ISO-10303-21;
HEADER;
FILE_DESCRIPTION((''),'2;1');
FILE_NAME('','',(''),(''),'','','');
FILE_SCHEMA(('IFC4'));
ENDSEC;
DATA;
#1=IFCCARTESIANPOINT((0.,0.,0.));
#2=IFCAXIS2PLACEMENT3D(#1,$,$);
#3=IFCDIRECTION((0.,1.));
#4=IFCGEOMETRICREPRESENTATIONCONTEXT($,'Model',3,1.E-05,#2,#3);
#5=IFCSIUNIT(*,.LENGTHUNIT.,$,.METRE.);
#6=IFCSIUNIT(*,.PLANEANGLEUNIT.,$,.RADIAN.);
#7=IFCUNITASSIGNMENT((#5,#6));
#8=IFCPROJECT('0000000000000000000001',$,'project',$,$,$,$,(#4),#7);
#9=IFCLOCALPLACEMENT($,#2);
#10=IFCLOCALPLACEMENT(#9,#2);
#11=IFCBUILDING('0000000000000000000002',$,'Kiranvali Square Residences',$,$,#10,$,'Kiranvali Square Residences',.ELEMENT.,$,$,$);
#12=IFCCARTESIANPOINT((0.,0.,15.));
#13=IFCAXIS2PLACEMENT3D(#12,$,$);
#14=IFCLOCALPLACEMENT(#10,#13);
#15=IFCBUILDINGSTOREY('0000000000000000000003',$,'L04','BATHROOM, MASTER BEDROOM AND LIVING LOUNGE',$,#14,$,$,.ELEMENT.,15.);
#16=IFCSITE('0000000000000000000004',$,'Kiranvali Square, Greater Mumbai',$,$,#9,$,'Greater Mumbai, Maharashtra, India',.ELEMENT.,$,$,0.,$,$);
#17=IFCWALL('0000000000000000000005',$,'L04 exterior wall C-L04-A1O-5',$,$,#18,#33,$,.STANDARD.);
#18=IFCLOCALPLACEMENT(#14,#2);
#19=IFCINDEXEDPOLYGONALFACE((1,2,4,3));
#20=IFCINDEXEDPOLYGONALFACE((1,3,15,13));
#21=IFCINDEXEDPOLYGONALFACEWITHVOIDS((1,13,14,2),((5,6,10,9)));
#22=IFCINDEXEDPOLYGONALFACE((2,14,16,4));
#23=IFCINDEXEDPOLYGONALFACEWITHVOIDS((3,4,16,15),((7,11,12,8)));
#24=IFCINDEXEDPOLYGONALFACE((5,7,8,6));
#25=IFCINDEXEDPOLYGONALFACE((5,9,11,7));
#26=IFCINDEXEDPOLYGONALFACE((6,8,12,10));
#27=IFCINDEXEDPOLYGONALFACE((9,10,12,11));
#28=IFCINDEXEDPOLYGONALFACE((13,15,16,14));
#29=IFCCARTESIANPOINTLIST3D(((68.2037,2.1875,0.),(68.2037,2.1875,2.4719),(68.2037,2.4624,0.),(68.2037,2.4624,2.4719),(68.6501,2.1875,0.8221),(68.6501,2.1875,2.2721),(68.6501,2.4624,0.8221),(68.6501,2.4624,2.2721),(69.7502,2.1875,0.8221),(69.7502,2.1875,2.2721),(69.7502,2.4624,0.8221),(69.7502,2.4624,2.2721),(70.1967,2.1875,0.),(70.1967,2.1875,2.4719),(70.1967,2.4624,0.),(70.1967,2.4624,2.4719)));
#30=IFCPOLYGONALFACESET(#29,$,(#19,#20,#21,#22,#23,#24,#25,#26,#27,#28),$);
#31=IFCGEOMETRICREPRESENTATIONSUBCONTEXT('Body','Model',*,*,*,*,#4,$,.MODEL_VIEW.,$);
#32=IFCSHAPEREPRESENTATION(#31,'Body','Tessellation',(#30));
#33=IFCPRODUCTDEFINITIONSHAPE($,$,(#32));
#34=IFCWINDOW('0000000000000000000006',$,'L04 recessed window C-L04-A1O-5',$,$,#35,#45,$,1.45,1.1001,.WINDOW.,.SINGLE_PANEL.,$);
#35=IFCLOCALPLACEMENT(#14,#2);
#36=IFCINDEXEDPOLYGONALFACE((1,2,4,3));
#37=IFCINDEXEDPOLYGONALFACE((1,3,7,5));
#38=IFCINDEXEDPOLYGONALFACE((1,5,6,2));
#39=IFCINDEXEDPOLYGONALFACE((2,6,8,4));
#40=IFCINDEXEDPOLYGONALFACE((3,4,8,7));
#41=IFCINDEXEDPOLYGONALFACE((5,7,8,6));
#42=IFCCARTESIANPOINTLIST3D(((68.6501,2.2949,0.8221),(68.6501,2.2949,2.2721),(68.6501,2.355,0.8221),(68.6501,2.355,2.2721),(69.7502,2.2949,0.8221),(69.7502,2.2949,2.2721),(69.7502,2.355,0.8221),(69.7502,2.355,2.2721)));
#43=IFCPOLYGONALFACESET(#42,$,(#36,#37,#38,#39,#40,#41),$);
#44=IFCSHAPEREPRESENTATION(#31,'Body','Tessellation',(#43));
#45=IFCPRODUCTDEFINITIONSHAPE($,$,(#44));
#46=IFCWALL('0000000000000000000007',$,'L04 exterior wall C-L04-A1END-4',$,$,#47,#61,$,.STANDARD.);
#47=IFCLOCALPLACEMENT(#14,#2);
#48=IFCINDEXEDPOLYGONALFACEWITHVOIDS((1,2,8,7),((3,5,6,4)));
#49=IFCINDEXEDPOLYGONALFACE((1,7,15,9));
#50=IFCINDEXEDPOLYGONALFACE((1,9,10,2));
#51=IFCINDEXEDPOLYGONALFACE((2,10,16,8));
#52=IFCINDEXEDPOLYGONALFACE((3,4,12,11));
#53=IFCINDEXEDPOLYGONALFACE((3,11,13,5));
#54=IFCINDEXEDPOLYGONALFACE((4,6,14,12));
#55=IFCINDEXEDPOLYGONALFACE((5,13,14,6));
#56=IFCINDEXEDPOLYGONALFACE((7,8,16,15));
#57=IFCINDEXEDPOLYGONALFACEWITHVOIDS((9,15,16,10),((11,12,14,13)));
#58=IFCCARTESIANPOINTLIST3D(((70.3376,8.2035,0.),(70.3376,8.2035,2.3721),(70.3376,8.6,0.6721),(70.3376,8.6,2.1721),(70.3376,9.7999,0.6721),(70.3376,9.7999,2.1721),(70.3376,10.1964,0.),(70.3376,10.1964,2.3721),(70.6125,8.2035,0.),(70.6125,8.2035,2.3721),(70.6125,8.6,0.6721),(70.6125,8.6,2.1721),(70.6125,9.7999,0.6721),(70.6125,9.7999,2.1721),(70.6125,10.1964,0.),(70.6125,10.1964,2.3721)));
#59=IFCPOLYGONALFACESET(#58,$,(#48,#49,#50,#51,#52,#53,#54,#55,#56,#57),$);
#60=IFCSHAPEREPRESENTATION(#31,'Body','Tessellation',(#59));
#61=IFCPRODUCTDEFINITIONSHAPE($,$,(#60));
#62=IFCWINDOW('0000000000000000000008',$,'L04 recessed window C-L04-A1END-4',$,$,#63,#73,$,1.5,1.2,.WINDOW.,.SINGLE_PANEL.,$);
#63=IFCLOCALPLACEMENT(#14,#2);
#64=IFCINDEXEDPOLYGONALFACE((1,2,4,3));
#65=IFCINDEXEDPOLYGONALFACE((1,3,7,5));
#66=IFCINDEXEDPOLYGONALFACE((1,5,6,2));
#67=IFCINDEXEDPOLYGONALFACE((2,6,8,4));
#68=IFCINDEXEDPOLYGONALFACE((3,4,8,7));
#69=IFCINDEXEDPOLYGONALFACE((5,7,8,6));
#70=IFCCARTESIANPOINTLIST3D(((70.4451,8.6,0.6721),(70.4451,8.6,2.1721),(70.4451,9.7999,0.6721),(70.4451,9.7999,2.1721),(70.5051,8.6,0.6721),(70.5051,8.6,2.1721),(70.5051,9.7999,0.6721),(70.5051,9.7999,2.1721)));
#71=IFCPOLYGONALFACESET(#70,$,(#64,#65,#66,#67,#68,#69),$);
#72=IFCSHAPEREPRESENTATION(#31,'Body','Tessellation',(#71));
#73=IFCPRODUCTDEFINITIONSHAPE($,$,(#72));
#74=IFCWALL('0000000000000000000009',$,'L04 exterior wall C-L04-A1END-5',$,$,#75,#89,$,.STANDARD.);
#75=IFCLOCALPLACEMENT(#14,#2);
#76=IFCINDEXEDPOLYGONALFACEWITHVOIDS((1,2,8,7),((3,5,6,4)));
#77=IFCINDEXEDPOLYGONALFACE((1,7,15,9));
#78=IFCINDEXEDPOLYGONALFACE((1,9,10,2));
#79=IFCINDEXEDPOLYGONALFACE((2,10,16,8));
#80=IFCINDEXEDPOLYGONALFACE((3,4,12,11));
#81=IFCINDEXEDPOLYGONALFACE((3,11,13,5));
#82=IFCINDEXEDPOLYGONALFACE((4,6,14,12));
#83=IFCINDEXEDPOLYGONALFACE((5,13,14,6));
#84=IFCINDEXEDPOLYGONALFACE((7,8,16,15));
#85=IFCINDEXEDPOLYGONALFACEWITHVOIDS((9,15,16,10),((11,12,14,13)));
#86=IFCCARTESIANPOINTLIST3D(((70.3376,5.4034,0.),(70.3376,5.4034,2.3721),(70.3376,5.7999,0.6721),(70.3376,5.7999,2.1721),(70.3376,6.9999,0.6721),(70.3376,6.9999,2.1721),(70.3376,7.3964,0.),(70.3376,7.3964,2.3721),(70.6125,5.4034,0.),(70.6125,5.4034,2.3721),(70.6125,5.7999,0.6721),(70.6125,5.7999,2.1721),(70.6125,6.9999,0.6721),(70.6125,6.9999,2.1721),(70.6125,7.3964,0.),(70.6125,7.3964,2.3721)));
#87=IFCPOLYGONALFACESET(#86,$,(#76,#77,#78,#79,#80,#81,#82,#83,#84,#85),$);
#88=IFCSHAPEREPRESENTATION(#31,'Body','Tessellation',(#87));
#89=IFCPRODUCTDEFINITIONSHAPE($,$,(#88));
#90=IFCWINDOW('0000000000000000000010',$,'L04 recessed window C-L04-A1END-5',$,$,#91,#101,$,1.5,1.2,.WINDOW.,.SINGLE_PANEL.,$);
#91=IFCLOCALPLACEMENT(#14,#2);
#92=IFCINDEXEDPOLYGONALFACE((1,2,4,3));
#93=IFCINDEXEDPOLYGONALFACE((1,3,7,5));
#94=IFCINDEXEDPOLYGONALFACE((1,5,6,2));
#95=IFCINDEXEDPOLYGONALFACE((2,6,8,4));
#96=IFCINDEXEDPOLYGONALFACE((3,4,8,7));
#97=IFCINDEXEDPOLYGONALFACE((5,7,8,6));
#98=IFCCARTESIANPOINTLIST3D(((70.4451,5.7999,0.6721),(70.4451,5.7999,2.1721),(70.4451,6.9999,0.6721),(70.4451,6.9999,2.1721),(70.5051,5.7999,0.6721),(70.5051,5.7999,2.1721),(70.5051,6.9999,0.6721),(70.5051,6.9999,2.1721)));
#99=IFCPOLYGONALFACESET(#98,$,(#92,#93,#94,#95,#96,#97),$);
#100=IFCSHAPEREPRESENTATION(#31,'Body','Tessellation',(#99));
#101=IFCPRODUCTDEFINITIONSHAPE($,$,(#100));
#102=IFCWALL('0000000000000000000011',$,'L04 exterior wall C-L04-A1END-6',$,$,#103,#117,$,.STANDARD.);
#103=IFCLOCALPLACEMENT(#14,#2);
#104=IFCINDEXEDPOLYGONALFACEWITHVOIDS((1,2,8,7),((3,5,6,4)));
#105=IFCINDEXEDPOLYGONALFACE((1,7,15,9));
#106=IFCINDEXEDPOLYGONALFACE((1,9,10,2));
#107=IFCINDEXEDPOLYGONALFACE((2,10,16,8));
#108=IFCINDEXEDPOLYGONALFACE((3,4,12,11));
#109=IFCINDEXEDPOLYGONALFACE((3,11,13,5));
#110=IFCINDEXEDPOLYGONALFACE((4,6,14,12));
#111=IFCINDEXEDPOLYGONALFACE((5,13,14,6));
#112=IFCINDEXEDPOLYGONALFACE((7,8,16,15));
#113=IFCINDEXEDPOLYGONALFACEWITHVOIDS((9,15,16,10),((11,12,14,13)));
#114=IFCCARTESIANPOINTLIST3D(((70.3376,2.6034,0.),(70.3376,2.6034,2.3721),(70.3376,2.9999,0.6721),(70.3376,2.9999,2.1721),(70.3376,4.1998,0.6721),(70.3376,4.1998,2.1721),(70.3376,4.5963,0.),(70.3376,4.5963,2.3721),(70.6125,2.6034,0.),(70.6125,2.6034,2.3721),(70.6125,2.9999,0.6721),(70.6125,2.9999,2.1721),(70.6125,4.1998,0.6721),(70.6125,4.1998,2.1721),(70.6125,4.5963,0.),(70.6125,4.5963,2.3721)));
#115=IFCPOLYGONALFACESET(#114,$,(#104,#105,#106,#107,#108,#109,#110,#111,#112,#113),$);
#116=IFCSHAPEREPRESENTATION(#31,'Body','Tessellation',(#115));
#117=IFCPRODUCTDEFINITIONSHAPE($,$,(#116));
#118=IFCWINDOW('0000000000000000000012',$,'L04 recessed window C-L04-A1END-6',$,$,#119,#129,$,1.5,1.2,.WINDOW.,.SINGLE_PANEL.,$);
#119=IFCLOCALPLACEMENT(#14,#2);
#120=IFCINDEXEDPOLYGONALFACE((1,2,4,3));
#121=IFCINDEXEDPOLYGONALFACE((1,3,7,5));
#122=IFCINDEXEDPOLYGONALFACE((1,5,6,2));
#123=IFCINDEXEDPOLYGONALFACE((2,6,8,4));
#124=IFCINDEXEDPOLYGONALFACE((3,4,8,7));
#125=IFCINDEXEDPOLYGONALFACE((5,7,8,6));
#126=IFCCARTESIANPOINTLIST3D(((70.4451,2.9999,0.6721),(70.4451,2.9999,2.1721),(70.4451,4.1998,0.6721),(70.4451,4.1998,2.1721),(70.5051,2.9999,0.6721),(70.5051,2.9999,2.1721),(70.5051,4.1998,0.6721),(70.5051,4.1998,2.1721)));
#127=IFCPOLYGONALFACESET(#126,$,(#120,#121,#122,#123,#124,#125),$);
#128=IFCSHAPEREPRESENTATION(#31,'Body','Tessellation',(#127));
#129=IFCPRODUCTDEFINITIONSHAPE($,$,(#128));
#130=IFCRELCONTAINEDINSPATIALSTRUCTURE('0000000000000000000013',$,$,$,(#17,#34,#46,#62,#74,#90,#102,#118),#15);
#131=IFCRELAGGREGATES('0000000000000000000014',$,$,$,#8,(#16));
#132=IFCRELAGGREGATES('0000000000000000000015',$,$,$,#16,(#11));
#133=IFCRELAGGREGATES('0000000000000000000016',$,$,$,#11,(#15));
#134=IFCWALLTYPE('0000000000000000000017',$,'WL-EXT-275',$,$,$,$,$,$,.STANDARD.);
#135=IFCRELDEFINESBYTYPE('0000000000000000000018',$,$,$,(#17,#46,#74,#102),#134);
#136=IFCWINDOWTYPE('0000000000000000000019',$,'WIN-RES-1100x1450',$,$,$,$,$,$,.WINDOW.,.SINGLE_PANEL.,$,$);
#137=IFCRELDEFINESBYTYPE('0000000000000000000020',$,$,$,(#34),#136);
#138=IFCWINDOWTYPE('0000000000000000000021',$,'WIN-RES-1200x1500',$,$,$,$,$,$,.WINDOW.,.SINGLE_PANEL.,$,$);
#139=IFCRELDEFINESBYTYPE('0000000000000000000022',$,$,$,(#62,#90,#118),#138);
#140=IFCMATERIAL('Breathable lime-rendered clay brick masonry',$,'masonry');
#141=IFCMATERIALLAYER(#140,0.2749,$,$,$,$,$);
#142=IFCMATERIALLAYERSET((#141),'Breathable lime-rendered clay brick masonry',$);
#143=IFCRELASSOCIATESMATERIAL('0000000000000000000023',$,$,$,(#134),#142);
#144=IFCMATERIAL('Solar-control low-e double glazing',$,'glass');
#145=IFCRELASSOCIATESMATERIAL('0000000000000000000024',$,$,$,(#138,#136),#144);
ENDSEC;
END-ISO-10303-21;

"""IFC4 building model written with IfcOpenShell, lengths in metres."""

from ifc_helpers import new_model, si_unit, direction, frame, frame_2d, origin, place, context, subcontext, project, spatial, rectangle, extrude, material, layer, layer_set, type_object, element, fill, save


model = new_model("IFC4")

# Units and contexts
model_context = context("Model", 3, precision=1e-05, world=origin(), true_north=direction((0.0, 1.0)))
body_context = subcontext(model_context, "Body", "Model", "MODEL_VIEW")
ifc_project = project(units=[si_unit("LENGTHUNIT", "METRE"), si_unit("PLANEANGLEUNIT", "RADIAN")], contexts=[model_context])

# Site, building, storey
site_placement = place(None, origin())
site = spatial("IfcSite", under=ifc_project, at=site_placement, Name="Kiranvali Square, Greater Mumbai", LongName="Greater Mumbai, Maharashtra, India", CompositionType="ELEMENT", RefElevation=0.0)
building_placement = place(site_placement, origin())
building = spatial("IfcBuilding", under=site, at=building_placement, Name="Kiranvali Square Residences", LongName="Kiranvali Square Residences", CompositionType="ELEMENT")
storey_placement = place(building_placement, frame((0.0, 0.0, 15.0)))
storey = spatial("IfcBuildingStorey", under=building, at=storey_placement, Name="L04", Description="BATHROOM, MASTER BEDROOM AND LIVING LOUNGE", CompositionType="ELEMENT", Elevation=15.0)

# Walls, openings, windows
ifc_material_1 = material(Name="Breathable lime-rendered clay brick masonry", Category="masonry")
ifc_layer = layer(ifc_material_1, 0.2749)
ifc_layer_set = layer_set([ifc_layer], Name="Breathable lime-rendered clay brick masonry")
wall_type = type_object("IfcWallType", Name="WL-EXT-275", PredefinedType="STANDARD", material=ifc_layer_set)
ifc_material_2 = material(Name="Solar-control low-e double glazing", Category="glass")
window_type_1 = type_object("IfcWindowType", Name="WIN-RES-1200x1500", PartitioningType="SINGLE_PANEL", PredefinedType="WINDOW", material=ifc_material_2)
wall_1_placement = place(storey_placement, frame((68.2036, 2.325, 0.0), z_axis=(0.0, 0.0, 1.0), x_axis=(1.0, 0.0, 0.0)))
wall_1 = element("IfcWall", 1, at=wall_1_placement, inside=storey, type_object=wall_type, Name="L04 exterior wall C-L04-A1O-5", PredefinedType="STANDARD", context=body_context, shape_type="SweptSolid", body=[
    extrude(rectangle(XDim=1.9929, YDim=0.2749, at=frame_2d((0.9966, 0.0))), origin(), (0.0, 0.0, 1.0), 2.4719),
])
opening_1_placement = place(wall_1_placement, frame((0.4465, 0.0, 0.822)))
opening_1 = element("IfcOpeningElement", 2, at=opening_1_placement, cuts=wall_1, PredefinedType="OPENING", context=body_context, shape_type="SweptSolid", body=[
    extrude(rectangle(XDim=1.1001, YDim=1.45, at=frame_2d((0.55, 0.7251))), frame((0.0, 0.1475, 0.0), z_axis=(0.0, -1.0, 0.0), x_axis=(1.0, 0.0, 0.0)), (0.0, 0.0, 1.0), 0.2949),
])
window_type_2 = type_object("IfcWindowType", Name="WIN-RES-1100x1450", PartitioningType="SINGLE_PANEL", PredefinedType="WINDOW", material=ifc_material_2)
window_1_placement = place(opening_1_placement, origin())
window_1 = element("IfcWindow", 3, at=window_1_placement, inside=storey, type_object=window_type_2, Name="L04 recessed window C-L04-A1O-5", OverallHeight=1.45, OverallWidth=1.1001, PartitioningType="SINGLE_PANEL", PredefinedType="WINDOW", context=body_context, shape_type="SweptSolid", body=[
    extrude(rectangle(XDim=1.1001, YDim=1.45, at=frame_2d((0.55, 0.7251))), frame((0.0, 0.03, 0.0), z_axis=(0.0, -1.0, 0.0), x_axis=(1.0, 0.0, 0.0)), (0.0, 0.0, 1.0), 0.0601),
])
fill(opening_1, window_1)
wall_2_placement = place(storey_placement, frame((70.4751, 10.1965, 0.0), z_axis=(0.0, 0.0, 1.0), x_axis=(0.0, -1.0, 0.0)))
wall_2 = element("IfcWall", 4, at=wall_2_placement, inside=storey, type_object=wall_type, Name="L04 exterior wall C-L04-A1END-4", PredefinedType="STANDARD", context=body_context, shape_type="SweptSolid", body=[
    extrude(rectangle(XDim=1.9929, YDim=0.2749, at=frame_2d((0.9966, 0.0))), origin(), (0.0, 0.0, 1.0), 2.3721),
])
opening_2_placement = place(wall_2_placement, frame((0.3965, 0.0, 0.6721)))
opening_2 = element("IfcOpeningElement", 5, at=opening_2_placement, cuts=wall_2, PredefinedType="OPENING", context=body_context, shape_type="SweptSolid", body=[
    extrude(rectangle(XDim=1.2, YDim=1.5, at=frame_2d((0.6001, 0.75))), frame((0.0, 0.1475, 0.0), z_axis=(0.0, -1.0, 0.0), x_axis=(1.0, 0.0, 0.0)), (0.0, 0.0, 1.0), 0.2949),
])
window_2_placement = place(opening_2_placement, origin())
window_2 = element("IfcWindow", 6, at=window_2_placement, inside=storey, type_object=window_type_1, Name="L04 recessed window C-L04-A1END-4", OverallHeight=1.5, OverallWidth=1.2, PartitioningType="SINGLE_PANEL", PredefinedType="WINDOW", context=body_context, shape_type="SweptSolid", body=[
    extrude(rectangle(XDim=1.2, YDim=1.5, at=frame_2d((0.6001, 0.75))), frame((0.0, 0.03, 0.0), z_axis=(0.0, -1.0, 0.0), x_axis=(1.0, 0.0, 0.0)), (0.0, 0.0, 1.0), 0.0601),
])
fill(opening_2, window_2)
wall_3_placement = place(storey_placement, frame((70.4751, 7.3965, 0.0), z_axis=(0.0, 0.0, 1.0), x_axis=(0.0, -1.0, 0.0)))
wall_3 = element("IfcWall", 7, at=wall_3_placement, inside=storey, type_object=wall_type, Name="L04 exterior wall C-L04-A1END-5", PredefinedType="STANDARD", context=body_context, shape_type="SweptSolid", body=[
    extrude(rectangle(XDim=1.9929, YDim=0.2749, at=frame_2d((0.9966, 0.0))), origin(), (0.0, 0.0, 1.0), 2.3721),
])
opening_3_placement = place(wall_3_placement, frame((0.3965, 0.0, 0.6721)))
opening_3 = element("IfcOpeningElement", 8, at=opening_3_placement, cuts=wall_3, PredefinedType="OPENING", context=body_context, shape_type="SweptSolid", body=[
    extrude(rectangle(XDim=1.2, YDim=1.5, at=frame_2d((0.6001, 0.75))), frame((0.0, 0.1475, 0.0), z_axis=(0.0, -1.0, 0.0), x_axis=(1.0, 0.0, 0.0)), (0.0, 0.0, 1.0), 0.2949),
])
window_3_placement = place(opening_3_placement, origin())
window_3 = element("IfcWindow", 9, at=window_3_placement, inside=storey, type_object=window_type_1, Name="L04 recessed window C-L04-A1END-5", OverallHeight=1.5, OverallWidth=1.2, PartitioningType="SINGLE_PANEL", PredefinedType="WINDOW", context=body_context, shape_type="SweptSolid", body=[
    extrude(rectangle(XDim=1.2, YDim=1.5, at=frame_2d((0.6001, 0.75))), frame((0.0, 0.03, 0.0), z_axis=(0.0, -1.0, 0.0), x_axis=(1.0, 0.0, 0.0)), (0.0, 0.0, 1.0), 0.0601),
])
fill(opening_3, window_3)
wall_4_placement = place(storey_placement, frame((70.4751, 4.5964, 0.0), z_axis=(0.0, 0.0, 1.0), x_axis=(0.0, -1.0, 0.0)))
wall_4 = element("IfcWall", 10, at=wall_4_placement, inside=storey, type_object=wall_type, Name="L04 exterior wall C-L04-A1END-6", PredefinedType="STANDARD", context=body_context, shape_type="SweptSolid", body=[
    extrude(rectangle(XDim=1.9929, YDim=0.2749, at=frame_2d((0.9966, 0.0))), origin(), (0.0, 0.0, 1.0), 2.3721),
])
opening_4_placement = place(wall_4_placement, frame((0.3965, 0.0, 0.6721)))
opening_4 = element("IfcOpeningElement", 11, at=opening_4_placement, cuts=wall_4, PredefinedType="OPENING", context=body_context, shape_type="SweptSolid", body=[
    extrude(rectangle(XDim=1.2, YDim=1.5, at=frame_2d((0.6001, 0.75))), frame((0.0, 0.1475, 0.0), z_axis=(0.0, -1.0, 0.0), x_axis=(1.0, 0.0, 0.0)), (0.0, 0.0, 1.0), 0.2949),
])
window_4_placement = place(opening_4_placement, origin())
window_4 = element("IfcWindow", 12, at=window_4_placement, inside=storey, type_object=window_type_1, Name="L04 recessed window C-L04-A1END-6", OverallHeight=1.5, OverallWidth=1.2, PartitioningType="SINGLE_PANEL", PredefinedType="WINDOW", context=body_context, shape_type="SweptSolid", body=[
    extrude(rectangle(XDim=1.2, YDim=1.5, at=frame_2d((0.6001, 0.75))), frame((0.0, 0.03, 0.0), z_axis=(0.0, -1.0, 0.0), x_axis=(1.0, 0.0, 0.0)), (0.0, 0.0, 1.0), 0.0601),
])
fill(opening_4, window_4)

save(model, "model.ifc")
